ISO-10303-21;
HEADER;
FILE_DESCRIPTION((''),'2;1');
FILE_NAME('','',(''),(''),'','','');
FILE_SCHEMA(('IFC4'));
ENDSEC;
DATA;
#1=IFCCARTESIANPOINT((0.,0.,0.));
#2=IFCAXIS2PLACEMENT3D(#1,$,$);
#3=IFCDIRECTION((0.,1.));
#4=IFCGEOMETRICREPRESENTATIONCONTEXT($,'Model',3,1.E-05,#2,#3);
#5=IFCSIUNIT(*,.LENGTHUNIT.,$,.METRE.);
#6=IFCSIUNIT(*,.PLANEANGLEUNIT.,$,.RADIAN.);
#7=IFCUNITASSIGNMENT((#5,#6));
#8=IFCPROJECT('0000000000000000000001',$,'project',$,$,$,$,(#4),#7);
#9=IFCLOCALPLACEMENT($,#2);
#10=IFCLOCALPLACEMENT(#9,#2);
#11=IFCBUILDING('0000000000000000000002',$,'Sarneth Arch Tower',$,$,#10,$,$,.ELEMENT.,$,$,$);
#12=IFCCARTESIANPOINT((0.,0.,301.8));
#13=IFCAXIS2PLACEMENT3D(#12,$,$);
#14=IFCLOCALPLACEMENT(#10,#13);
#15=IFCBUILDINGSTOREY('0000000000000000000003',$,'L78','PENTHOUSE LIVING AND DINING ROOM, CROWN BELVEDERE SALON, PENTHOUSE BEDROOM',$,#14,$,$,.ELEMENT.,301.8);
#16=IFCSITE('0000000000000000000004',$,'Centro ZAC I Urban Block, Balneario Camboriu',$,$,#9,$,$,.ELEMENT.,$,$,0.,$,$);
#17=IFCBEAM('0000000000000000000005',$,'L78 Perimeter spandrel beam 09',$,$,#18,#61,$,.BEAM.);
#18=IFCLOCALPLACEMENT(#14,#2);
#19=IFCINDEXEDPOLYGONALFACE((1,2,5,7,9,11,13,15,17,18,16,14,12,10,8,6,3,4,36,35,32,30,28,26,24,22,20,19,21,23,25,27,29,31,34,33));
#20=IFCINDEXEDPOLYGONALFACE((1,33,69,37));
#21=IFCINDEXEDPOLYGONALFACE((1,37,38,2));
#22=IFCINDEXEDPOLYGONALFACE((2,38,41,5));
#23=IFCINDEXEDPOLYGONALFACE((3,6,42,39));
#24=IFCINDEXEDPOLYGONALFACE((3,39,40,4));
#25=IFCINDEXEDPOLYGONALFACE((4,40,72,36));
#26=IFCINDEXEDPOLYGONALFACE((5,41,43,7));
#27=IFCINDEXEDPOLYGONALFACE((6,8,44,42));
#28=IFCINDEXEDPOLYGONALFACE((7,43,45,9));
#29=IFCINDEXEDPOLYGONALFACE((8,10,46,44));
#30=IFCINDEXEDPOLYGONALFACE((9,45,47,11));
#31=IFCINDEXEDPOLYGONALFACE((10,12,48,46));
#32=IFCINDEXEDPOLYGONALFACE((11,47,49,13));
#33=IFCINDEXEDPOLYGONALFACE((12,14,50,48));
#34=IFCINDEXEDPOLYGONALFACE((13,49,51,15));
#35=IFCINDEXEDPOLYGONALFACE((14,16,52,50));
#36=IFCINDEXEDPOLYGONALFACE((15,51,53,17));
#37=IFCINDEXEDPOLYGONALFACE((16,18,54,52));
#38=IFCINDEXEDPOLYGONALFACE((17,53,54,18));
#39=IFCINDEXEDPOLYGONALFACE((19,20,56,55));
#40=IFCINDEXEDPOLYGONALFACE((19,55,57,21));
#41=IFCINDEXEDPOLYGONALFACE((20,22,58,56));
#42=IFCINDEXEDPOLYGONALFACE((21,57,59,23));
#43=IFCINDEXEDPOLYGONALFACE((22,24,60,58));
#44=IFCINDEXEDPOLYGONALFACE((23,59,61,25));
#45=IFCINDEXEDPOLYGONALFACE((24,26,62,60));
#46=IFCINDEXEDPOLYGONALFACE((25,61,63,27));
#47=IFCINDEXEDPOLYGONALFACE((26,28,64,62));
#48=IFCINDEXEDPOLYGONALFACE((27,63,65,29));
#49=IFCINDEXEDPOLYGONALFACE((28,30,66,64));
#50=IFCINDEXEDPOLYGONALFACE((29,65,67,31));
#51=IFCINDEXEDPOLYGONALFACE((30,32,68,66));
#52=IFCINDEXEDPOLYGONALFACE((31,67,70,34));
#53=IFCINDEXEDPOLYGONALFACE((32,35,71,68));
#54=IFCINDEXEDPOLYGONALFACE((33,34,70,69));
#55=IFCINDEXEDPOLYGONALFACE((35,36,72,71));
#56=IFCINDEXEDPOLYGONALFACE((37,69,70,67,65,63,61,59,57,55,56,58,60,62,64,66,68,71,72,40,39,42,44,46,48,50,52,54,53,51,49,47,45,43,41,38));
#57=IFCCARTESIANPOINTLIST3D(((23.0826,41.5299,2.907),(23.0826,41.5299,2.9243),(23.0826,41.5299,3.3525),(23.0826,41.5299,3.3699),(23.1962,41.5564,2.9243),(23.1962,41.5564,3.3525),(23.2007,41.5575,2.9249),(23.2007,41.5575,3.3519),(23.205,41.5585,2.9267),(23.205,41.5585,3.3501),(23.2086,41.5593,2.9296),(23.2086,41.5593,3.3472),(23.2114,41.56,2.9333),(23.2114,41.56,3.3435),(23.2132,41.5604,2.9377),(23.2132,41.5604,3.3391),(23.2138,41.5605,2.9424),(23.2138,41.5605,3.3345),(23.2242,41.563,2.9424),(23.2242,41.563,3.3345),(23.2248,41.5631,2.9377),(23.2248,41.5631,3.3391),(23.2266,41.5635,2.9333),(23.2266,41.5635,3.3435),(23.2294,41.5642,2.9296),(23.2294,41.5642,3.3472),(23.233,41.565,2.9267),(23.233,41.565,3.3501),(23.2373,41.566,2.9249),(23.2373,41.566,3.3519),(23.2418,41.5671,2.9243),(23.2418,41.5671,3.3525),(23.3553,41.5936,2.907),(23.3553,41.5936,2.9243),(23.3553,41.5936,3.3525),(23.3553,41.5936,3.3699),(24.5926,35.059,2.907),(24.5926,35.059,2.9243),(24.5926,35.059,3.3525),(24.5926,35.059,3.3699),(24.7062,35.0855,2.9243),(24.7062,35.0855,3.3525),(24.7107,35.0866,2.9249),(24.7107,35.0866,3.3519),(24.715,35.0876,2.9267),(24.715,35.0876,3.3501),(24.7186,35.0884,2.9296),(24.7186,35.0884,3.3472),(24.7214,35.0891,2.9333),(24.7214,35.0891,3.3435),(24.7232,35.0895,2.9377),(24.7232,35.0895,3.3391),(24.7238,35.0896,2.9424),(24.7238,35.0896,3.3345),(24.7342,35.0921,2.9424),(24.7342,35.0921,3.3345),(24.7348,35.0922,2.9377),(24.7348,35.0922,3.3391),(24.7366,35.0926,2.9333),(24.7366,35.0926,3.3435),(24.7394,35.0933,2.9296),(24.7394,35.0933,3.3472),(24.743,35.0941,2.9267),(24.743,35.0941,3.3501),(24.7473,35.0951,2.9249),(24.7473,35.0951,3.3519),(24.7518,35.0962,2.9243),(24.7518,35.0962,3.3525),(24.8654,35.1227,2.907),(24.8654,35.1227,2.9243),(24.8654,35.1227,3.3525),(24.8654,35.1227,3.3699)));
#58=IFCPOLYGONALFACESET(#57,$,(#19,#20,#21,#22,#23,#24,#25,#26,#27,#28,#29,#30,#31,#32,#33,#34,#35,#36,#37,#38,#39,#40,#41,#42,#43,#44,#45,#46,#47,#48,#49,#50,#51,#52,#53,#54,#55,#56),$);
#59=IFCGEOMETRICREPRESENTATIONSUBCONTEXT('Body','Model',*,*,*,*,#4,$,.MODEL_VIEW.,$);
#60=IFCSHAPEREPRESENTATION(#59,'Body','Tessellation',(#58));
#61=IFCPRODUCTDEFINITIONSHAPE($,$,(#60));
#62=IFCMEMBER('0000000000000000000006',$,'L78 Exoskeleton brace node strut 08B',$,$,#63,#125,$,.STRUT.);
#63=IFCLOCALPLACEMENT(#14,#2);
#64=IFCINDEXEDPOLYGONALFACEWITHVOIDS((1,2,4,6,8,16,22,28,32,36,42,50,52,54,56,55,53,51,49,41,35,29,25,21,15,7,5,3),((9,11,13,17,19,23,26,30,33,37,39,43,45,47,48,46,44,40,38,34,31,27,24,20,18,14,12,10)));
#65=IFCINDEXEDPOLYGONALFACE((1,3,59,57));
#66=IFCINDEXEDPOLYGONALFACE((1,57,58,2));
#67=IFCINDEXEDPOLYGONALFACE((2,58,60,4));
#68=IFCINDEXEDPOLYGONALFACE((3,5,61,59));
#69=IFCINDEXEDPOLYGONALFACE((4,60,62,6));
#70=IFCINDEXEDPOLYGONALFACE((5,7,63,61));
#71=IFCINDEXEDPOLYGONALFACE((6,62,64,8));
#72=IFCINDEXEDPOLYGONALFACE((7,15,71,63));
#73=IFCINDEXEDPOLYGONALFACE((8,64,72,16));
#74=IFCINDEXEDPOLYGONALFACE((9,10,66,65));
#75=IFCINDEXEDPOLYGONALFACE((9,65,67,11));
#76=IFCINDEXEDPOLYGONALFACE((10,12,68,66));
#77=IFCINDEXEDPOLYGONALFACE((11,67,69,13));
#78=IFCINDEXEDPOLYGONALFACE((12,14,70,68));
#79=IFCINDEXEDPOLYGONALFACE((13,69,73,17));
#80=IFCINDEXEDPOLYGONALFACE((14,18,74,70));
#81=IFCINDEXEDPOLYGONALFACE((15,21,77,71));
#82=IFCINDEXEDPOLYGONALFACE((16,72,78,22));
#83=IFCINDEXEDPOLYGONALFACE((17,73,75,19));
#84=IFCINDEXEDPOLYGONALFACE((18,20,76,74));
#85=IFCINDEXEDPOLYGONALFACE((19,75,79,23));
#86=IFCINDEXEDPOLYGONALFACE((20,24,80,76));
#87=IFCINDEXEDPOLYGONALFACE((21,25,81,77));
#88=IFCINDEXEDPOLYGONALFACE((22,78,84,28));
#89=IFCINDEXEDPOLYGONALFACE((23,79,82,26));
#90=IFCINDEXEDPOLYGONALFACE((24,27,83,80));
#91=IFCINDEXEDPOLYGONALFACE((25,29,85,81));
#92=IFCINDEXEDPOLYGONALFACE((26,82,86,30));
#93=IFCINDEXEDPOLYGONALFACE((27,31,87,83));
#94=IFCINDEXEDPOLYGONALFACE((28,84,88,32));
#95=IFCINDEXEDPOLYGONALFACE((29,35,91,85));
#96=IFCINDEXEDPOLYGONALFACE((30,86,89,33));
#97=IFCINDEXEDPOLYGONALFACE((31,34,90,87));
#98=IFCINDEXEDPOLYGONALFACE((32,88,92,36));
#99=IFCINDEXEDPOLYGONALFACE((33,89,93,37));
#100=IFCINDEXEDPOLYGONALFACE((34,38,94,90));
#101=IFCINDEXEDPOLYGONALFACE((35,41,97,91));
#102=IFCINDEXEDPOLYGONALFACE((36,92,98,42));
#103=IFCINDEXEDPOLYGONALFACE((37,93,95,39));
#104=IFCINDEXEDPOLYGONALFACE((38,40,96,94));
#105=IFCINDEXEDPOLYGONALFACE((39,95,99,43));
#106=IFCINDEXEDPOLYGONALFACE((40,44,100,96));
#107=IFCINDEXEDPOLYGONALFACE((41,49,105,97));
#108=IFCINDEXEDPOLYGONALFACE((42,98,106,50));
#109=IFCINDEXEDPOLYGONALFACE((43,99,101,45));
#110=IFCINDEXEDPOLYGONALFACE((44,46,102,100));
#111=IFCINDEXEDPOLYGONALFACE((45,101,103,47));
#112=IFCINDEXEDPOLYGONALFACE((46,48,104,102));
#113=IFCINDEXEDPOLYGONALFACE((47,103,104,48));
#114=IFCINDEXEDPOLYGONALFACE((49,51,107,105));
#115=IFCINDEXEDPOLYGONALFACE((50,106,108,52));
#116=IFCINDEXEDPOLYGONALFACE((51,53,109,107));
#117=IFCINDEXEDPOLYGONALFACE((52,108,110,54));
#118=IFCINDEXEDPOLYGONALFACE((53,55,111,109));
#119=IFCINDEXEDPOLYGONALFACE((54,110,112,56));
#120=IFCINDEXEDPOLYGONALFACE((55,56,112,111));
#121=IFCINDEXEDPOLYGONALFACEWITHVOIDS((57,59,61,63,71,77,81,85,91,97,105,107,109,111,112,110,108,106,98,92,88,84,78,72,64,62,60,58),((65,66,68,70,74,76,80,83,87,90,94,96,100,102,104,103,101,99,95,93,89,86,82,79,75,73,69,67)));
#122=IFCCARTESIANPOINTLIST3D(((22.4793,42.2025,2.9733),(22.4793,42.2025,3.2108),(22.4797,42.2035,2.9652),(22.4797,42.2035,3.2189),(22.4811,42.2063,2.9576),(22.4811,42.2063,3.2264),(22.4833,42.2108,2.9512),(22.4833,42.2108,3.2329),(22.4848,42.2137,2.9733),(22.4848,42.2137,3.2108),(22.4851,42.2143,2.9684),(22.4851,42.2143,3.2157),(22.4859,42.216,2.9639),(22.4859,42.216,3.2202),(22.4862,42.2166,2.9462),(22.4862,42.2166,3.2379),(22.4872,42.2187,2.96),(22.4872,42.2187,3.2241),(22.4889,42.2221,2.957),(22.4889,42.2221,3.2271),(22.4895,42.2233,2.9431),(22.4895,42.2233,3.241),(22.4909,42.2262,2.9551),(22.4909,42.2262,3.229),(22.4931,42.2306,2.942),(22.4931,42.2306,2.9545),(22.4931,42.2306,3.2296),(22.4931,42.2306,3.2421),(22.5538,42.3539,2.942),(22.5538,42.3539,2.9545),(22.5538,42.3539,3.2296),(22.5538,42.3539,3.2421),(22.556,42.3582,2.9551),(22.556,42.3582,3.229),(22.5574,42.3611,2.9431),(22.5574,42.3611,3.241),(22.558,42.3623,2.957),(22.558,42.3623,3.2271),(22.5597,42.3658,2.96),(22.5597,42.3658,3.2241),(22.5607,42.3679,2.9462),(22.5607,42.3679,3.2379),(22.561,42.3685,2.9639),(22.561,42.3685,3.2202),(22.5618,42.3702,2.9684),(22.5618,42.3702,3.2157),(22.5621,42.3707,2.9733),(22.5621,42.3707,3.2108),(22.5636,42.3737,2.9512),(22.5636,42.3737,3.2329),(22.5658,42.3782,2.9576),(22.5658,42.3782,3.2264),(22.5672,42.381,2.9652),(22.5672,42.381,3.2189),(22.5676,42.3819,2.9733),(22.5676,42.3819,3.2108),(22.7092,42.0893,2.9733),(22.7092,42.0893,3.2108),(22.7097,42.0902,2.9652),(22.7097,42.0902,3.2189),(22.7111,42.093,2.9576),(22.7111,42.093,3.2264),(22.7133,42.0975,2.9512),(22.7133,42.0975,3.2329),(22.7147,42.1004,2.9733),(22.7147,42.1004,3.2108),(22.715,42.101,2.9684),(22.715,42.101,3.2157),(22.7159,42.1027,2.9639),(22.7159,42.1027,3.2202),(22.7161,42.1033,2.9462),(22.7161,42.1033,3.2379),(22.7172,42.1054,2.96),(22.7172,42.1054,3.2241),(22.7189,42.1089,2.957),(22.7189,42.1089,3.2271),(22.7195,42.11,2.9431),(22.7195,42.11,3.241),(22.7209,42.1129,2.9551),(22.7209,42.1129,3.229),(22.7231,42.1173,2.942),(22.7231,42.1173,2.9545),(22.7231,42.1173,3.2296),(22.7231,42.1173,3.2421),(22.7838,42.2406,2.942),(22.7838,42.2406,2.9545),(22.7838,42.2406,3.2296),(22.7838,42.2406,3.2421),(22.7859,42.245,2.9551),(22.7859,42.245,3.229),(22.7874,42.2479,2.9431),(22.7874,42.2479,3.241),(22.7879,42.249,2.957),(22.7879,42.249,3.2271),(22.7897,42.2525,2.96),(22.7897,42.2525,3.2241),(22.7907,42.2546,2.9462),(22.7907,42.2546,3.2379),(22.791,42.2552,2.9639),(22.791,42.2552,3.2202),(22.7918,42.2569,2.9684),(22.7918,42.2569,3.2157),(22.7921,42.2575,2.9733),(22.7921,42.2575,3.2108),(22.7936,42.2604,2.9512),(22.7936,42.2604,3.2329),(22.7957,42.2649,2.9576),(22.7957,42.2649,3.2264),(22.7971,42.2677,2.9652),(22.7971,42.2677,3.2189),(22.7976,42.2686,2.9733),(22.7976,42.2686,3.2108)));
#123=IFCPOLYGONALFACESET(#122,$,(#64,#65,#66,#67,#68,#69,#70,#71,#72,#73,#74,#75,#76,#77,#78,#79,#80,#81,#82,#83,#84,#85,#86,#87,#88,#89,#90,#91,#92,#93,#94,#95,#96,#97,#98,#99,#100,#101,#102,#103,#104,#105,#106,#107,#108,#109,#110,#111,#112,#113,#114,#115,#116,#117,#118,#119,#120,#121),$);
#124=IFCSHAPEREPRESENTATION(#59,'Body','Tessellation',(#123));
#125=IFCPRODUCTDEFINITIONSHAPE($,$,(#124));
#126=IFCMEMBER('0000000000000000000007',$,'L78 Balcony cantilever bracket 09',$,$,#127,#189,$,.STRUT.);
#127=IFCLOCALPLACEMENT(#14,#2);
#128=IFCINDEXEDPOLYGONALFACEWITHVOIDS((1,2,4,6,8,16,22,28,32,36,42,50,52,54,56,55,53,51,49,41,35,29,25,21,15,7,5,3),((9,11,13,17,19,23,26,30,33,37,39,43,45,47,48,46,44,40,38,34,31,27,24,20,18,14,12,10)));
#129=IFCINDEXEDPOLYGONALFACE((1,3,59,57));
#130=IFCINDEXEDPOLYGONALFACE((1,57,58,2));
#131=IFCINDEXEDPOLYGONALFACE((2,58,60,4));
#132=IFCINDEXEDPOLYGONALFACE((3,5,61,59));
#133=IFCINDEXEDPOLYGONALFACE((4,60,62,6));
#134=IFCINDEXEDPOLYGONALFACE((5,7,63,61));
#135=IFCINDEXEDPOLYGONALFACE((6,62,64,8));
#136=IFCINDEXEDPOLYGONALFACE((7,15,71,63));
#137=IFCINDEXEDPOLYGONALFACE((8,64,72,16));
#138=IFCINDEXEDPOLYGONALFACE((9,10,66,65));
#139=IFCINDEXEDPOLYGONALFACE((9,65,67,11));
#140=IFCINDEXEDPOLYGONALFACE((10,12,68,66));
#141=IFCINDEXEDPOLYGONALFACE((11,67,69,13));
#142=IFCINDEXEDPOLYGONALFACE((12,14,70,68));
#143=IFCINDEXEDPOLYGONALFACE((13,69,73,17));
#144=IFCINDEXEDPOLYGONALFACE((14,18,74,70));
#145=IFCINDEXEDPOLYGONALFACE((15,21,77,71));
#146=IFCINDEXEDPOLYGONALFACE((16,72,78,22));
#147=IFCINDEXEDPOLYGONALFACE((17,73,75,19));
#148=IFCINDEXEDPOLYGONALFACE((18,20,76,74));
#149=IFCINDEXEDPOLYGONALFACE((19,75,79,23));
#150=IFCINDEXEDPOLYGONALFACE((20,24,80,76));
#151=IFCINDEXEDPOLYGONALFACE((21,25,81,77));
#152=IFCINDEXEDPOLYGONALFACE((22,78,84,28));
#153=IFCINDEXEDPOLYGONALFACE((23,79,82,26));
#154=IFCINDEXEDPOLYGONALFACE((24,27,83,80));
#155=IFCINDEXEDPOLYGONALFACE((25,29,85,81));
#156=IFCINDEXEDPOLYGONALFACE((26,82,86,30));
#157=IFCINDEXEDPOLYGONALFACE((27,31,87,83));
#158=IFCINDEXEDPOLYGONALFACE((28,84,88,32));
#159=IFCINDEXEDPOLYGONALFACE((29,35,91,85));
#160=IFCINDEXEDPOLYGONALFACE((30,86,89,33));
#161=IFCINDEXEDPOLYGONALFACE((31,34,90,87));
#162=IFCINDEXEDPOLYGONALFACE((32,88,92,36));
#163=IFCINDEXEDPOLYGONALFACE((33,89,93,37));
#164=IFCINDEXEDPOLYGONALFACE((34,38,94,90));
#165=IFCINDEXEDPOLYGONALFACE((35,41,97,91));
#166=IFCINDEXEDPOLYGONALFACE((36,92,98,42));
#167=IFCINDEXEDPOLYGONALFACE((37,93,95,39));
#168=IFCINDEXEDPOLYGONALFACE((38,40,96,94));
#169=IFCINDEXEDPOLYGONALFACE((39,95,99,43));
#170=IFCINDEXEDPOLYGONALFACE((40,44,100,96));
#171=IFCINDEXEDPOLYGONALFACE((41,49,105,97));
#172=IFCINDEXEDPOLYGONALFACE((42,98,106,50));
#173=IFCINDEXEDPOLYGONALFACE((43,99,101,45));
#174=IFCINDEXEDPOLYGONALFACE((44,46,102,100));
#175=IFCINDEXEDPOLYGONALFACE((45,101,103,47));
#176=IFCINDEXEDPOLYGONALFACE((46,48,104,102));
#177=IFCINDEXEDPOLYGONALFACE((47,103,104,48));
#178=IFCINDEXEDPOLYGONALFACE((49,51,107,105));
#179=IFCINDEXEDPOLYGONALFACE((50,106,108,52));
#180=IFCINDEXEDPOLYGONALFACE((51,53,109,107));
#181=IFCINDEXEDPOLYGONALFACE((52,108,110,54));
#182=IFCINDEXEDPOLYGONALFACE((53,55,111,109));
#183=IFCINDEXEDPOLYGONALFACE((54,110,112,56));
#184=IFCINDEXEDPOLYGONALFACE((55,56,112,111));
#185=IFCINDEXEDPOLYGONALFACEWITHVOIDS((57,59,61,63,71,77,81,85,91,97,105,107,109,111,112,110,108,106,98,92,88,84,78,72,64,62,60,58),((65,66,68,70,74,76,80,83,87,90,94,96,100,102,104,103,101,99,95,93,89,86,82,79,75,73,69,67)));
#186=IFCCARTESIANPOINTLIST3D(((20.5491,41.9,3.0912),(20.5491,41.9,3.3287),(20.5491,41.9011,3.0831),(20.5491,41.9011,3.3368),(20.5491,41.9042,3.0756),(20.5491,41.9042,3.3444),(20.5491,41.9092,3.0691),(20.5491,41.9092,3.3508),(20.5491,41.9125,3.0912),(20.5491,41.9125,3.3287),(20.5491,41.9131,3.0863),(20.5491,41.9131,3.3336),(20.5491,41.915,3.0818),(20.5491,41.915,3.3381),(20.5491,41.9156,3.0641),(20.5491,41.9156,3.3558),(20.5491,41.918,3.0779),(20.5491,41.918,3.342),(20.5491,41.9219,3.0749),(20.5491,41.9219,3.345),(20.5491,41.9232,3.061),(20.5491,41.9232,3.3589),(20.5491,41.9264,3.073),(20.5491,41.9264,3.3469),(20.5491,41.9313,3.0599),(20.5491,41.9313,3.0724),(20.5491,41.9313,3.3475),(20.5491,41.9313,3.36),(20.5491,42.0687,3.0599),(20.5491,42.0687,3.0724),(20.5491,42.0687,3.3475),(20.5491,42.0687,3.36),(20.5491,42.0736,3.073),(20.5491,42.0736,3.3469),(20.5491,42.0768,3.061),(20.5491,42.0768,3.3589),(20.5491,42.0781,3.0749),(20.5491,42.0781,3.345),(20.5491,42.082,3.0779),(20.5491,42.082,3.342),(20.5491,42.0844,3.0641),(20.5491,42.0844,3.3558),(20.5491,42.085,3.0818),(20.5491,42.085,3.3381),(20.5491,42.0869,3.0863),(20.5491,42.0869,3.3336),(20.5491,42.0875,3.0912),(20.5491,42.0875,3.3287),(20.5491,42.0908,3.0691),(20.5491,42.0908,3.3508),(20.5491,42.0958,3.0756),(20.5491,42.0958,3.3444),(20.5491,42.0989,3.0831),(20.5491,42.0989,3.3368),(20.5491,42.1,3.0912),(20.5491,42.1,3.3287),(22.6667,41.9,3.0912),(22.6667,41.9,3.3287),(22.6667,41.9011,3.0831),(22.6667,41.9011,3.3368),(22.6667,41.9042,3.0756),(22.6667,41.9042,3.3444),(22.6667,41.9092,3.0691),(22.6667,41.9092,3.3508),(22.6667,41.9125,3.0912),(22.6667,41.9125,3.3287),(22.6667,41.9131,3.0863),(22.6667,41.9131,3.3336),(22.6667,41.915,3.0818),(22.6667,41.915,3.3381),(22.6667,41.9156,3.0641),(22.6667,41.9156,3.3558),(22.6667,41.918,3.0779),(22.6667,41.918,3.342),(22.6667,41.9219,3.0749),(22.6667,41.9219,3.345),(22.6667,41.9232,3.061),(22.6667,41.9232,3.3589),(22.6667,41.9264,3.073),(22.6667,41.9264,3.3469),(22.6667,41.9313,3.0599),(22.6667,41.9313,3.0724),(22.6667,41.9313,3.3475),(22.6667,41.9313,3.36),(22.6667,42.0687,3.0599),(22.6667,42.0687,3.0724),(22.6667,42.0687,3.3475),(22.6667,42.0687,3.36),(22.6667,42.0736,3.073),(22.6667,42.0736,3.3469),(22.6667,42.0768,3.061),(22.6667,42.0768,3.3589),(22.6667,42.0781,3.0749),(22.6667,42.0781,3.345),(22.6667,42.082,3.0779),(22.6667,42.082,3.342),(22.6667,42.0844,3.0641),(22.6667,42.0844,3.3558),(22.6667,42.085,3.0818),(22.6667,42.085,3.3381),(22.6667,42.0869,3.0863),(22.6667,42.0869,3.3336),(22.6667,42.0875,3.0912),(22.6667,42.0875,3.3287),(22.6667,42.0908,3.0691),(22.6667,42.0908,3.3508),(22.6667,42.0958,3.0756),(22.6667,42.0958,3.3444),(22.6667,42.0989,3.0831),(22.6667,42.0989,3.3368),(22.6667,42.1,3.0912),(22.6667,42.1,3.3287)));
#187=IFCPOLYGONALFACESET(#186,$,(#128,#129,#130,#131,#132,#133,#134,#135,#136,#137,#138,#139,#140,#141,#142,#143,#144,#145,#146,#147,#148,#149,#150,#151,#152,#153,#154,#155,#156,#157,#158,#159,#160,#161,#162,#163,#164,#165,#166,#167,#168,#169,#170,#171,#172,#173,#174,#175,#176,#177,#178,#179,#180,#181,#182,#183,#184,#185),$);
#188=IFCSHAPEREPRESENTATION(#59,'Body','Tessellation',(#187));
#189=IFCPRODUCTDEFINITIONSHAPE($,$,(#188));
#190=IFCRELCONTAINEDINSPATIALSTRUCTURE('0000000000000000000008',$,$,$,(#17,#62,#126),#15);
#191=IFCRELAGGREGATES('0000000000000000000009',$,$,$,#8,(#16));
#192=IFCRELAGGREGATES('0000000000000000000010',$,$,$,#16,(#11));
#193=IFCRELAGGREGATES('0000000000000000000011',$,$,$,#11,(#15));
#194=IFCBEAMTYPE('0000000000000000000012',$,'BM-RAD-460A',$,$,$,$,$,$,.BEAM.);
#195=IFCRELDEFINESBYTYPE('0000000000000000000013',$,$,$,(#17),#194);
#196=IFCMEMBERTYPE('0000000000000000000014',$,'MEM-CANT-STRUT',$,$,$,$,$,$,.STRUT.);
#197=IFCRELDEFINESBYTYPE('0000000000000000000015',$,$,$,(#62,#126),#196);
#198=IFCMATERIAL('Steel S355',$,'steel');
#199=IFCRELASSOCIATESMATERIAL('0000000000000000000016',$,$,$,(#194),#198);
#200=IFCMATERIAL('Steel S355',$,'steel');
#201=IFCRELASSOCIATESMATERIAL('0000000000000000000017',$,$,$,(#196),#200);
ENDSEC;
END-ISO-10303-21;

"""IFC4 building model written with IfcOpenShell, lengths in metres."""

from ifc_helpers import new_model, si_unit, direction, frame, origin, origin_2d, place, context, subcontext, project, spatial, hollow_rectangle, i_section, extrude, material, material_profile, profile_set, type_object, element, save


model = new_model("IFC4")

# Units and contexts
model_context = context("Model", 3, precision=1e-05, world=origin(), true_north=direction((0.0, 1.0)))
body_context = subcontext(model_context, "Body", "Model", "MODEL_VIEW")
ifc_project = project(units=[si_unit("LENGTHUNIT", "METRE"), si_unit("PLANEANGLEUNIT", "RADIAN")], contexts=[model_context])

# Site, building, storey
site_placement = place(None, origin())
site = spatial("IfcSite", under=ifc_project, at=site_placement, Name="Centro ZAC I Urban Block, Balneario Camboriu", CompositionType="ELEMENT", RefElevation=0.0)
building_placement = place(site_placement, origin())
building = spatial("IfcBuilding", under=site, at=building_placement, Name="Sarneth Arch Tower", CompositionType="ELEMENT")
storey_placement = place(building_placement, frame((0.0, 0.0, 301.8)))
storey = spatial("IfcBuildingStorey", under=building, at=storey_placement, Name="L78", Description="PENTHOUSE LIVING AND DINING ROOM, CROWN BELVEDERE SALON, PENTHOUSE BEDROOM", CompositionType="ELEMENT", Elevation=301.8)

# Beam
ifc_material_1 = material(Name="Steel S355", Category="steel")
ifc_material_profile_1 = material_profile(ifc_material_1, i_section(OverallWidth=0.28, OverallDepth=0.4629, WebThickness=0.0107, FlangeThickness=0.0173, FilletRadius=0.0181, at=origin_2d()), Name="W460x113")
ifc_profile_set_1 = profile_set([ifc_material_profile_1], Name="Steel S355")
beam_type_1 = type_object("IfcBeamType", Name="BM-RAD-460A", PredefinedType="BEAM", material=ifc_profile_set_1)
for number, where, z_axis, x_axis, name in (
    (1, (23.219, 41.5618, 3.1384), (0.227247, -0.973837, 0.0), (0.973837, 0.227247, 0.0), "L78 Perimeter spandrel beam 09"),
):
    element("IfcBeam", number, at=place(storey_placement, frame(where, z_axis=z_axis, x_axis=x_axis)), inside=storey, type_object=beam_type_1, Name=name, PredefinedType="BEAM", context=body_context, shape_type="SweptSolid", body=[
        extrude(i_section(OverallWidth=0.28, OverallDepth=0.4629, WebThickness=0.0107, FlangeThickness=0.0173, FilletRadius=0.0181, at=origin_2d()), origin(), (0.0, 0.0, 1.0), 6.6448),
    ])

# Members
ifc_material_2 = material(Name="Steel S355", Category="steel")
ifc_material_profile_2 = material_profile(ifc_material_2, hollow_rectangle(XDim=0.2, YDim=0.3, WallThickness=0.0125, InnerFilletRadius=0.0188, OuterFilletRadius=0.0312, at=origin_2d()), Name="RHS300x200x12.5")
ifc_profile_set_2 = profile_set([ifc_material_profile_2], Name="Steel S355")
member_type_1 = type_object("IfcMemberType", Name="MEM-CANT-STRUT", PredefinedType="STRUT", material=ifc_profile_set_2)
member_1_placement = place(storey_placement, frame((22.7534, 42.179, 3.092), z_axis=(-0.897078, 0.441873, 0.0), x_axis=(-0.441873, -0.897078, 0.0)))
element("IfcMember", 2, at=member_1_placement, inside=storey, type_object=member_type_1, Name="L78 Exoskeleton brace node strut 08B", PredefinedType="STRUT", context=body_context, shape_type="SweptSolid", body=[
    extrude(hollow_rectangle(XDim=0.2, YDim=0.3, WallThickness=0.0125, InnerFilletRadius=0.0188, OuterFilletRadius=0.0312, at=origin_2d()), origin(), (0.0, 0.0, 1.0), 0.2563),
])
member_2_placement = place(storey_placement, frame((22.6667, 42.0, 3.21), z_axis=(-1.0, 0.0, 0.0), x_axis=(0.0, -1.0, 0.0)))
element("IfcMember", 3, at=member_2_placement, inside=storey, type_object=member_type_1, Name="L78 Balcony cantilever bracket 09", PredefinedType="STRUT", context=body_context, shape_type="SweptSolid", body=[
    extrude(hollow_rectangle(XDim=0.2, YDim=0.3, WallThickness=0.0125, InnerFilletRadius=0.0188, OuterFilletRadius=0.0312, at=origin_2d()), origin(), (0.0, 0.0, 1.0), 2.1177),
])

save(model, "model.ifc")
